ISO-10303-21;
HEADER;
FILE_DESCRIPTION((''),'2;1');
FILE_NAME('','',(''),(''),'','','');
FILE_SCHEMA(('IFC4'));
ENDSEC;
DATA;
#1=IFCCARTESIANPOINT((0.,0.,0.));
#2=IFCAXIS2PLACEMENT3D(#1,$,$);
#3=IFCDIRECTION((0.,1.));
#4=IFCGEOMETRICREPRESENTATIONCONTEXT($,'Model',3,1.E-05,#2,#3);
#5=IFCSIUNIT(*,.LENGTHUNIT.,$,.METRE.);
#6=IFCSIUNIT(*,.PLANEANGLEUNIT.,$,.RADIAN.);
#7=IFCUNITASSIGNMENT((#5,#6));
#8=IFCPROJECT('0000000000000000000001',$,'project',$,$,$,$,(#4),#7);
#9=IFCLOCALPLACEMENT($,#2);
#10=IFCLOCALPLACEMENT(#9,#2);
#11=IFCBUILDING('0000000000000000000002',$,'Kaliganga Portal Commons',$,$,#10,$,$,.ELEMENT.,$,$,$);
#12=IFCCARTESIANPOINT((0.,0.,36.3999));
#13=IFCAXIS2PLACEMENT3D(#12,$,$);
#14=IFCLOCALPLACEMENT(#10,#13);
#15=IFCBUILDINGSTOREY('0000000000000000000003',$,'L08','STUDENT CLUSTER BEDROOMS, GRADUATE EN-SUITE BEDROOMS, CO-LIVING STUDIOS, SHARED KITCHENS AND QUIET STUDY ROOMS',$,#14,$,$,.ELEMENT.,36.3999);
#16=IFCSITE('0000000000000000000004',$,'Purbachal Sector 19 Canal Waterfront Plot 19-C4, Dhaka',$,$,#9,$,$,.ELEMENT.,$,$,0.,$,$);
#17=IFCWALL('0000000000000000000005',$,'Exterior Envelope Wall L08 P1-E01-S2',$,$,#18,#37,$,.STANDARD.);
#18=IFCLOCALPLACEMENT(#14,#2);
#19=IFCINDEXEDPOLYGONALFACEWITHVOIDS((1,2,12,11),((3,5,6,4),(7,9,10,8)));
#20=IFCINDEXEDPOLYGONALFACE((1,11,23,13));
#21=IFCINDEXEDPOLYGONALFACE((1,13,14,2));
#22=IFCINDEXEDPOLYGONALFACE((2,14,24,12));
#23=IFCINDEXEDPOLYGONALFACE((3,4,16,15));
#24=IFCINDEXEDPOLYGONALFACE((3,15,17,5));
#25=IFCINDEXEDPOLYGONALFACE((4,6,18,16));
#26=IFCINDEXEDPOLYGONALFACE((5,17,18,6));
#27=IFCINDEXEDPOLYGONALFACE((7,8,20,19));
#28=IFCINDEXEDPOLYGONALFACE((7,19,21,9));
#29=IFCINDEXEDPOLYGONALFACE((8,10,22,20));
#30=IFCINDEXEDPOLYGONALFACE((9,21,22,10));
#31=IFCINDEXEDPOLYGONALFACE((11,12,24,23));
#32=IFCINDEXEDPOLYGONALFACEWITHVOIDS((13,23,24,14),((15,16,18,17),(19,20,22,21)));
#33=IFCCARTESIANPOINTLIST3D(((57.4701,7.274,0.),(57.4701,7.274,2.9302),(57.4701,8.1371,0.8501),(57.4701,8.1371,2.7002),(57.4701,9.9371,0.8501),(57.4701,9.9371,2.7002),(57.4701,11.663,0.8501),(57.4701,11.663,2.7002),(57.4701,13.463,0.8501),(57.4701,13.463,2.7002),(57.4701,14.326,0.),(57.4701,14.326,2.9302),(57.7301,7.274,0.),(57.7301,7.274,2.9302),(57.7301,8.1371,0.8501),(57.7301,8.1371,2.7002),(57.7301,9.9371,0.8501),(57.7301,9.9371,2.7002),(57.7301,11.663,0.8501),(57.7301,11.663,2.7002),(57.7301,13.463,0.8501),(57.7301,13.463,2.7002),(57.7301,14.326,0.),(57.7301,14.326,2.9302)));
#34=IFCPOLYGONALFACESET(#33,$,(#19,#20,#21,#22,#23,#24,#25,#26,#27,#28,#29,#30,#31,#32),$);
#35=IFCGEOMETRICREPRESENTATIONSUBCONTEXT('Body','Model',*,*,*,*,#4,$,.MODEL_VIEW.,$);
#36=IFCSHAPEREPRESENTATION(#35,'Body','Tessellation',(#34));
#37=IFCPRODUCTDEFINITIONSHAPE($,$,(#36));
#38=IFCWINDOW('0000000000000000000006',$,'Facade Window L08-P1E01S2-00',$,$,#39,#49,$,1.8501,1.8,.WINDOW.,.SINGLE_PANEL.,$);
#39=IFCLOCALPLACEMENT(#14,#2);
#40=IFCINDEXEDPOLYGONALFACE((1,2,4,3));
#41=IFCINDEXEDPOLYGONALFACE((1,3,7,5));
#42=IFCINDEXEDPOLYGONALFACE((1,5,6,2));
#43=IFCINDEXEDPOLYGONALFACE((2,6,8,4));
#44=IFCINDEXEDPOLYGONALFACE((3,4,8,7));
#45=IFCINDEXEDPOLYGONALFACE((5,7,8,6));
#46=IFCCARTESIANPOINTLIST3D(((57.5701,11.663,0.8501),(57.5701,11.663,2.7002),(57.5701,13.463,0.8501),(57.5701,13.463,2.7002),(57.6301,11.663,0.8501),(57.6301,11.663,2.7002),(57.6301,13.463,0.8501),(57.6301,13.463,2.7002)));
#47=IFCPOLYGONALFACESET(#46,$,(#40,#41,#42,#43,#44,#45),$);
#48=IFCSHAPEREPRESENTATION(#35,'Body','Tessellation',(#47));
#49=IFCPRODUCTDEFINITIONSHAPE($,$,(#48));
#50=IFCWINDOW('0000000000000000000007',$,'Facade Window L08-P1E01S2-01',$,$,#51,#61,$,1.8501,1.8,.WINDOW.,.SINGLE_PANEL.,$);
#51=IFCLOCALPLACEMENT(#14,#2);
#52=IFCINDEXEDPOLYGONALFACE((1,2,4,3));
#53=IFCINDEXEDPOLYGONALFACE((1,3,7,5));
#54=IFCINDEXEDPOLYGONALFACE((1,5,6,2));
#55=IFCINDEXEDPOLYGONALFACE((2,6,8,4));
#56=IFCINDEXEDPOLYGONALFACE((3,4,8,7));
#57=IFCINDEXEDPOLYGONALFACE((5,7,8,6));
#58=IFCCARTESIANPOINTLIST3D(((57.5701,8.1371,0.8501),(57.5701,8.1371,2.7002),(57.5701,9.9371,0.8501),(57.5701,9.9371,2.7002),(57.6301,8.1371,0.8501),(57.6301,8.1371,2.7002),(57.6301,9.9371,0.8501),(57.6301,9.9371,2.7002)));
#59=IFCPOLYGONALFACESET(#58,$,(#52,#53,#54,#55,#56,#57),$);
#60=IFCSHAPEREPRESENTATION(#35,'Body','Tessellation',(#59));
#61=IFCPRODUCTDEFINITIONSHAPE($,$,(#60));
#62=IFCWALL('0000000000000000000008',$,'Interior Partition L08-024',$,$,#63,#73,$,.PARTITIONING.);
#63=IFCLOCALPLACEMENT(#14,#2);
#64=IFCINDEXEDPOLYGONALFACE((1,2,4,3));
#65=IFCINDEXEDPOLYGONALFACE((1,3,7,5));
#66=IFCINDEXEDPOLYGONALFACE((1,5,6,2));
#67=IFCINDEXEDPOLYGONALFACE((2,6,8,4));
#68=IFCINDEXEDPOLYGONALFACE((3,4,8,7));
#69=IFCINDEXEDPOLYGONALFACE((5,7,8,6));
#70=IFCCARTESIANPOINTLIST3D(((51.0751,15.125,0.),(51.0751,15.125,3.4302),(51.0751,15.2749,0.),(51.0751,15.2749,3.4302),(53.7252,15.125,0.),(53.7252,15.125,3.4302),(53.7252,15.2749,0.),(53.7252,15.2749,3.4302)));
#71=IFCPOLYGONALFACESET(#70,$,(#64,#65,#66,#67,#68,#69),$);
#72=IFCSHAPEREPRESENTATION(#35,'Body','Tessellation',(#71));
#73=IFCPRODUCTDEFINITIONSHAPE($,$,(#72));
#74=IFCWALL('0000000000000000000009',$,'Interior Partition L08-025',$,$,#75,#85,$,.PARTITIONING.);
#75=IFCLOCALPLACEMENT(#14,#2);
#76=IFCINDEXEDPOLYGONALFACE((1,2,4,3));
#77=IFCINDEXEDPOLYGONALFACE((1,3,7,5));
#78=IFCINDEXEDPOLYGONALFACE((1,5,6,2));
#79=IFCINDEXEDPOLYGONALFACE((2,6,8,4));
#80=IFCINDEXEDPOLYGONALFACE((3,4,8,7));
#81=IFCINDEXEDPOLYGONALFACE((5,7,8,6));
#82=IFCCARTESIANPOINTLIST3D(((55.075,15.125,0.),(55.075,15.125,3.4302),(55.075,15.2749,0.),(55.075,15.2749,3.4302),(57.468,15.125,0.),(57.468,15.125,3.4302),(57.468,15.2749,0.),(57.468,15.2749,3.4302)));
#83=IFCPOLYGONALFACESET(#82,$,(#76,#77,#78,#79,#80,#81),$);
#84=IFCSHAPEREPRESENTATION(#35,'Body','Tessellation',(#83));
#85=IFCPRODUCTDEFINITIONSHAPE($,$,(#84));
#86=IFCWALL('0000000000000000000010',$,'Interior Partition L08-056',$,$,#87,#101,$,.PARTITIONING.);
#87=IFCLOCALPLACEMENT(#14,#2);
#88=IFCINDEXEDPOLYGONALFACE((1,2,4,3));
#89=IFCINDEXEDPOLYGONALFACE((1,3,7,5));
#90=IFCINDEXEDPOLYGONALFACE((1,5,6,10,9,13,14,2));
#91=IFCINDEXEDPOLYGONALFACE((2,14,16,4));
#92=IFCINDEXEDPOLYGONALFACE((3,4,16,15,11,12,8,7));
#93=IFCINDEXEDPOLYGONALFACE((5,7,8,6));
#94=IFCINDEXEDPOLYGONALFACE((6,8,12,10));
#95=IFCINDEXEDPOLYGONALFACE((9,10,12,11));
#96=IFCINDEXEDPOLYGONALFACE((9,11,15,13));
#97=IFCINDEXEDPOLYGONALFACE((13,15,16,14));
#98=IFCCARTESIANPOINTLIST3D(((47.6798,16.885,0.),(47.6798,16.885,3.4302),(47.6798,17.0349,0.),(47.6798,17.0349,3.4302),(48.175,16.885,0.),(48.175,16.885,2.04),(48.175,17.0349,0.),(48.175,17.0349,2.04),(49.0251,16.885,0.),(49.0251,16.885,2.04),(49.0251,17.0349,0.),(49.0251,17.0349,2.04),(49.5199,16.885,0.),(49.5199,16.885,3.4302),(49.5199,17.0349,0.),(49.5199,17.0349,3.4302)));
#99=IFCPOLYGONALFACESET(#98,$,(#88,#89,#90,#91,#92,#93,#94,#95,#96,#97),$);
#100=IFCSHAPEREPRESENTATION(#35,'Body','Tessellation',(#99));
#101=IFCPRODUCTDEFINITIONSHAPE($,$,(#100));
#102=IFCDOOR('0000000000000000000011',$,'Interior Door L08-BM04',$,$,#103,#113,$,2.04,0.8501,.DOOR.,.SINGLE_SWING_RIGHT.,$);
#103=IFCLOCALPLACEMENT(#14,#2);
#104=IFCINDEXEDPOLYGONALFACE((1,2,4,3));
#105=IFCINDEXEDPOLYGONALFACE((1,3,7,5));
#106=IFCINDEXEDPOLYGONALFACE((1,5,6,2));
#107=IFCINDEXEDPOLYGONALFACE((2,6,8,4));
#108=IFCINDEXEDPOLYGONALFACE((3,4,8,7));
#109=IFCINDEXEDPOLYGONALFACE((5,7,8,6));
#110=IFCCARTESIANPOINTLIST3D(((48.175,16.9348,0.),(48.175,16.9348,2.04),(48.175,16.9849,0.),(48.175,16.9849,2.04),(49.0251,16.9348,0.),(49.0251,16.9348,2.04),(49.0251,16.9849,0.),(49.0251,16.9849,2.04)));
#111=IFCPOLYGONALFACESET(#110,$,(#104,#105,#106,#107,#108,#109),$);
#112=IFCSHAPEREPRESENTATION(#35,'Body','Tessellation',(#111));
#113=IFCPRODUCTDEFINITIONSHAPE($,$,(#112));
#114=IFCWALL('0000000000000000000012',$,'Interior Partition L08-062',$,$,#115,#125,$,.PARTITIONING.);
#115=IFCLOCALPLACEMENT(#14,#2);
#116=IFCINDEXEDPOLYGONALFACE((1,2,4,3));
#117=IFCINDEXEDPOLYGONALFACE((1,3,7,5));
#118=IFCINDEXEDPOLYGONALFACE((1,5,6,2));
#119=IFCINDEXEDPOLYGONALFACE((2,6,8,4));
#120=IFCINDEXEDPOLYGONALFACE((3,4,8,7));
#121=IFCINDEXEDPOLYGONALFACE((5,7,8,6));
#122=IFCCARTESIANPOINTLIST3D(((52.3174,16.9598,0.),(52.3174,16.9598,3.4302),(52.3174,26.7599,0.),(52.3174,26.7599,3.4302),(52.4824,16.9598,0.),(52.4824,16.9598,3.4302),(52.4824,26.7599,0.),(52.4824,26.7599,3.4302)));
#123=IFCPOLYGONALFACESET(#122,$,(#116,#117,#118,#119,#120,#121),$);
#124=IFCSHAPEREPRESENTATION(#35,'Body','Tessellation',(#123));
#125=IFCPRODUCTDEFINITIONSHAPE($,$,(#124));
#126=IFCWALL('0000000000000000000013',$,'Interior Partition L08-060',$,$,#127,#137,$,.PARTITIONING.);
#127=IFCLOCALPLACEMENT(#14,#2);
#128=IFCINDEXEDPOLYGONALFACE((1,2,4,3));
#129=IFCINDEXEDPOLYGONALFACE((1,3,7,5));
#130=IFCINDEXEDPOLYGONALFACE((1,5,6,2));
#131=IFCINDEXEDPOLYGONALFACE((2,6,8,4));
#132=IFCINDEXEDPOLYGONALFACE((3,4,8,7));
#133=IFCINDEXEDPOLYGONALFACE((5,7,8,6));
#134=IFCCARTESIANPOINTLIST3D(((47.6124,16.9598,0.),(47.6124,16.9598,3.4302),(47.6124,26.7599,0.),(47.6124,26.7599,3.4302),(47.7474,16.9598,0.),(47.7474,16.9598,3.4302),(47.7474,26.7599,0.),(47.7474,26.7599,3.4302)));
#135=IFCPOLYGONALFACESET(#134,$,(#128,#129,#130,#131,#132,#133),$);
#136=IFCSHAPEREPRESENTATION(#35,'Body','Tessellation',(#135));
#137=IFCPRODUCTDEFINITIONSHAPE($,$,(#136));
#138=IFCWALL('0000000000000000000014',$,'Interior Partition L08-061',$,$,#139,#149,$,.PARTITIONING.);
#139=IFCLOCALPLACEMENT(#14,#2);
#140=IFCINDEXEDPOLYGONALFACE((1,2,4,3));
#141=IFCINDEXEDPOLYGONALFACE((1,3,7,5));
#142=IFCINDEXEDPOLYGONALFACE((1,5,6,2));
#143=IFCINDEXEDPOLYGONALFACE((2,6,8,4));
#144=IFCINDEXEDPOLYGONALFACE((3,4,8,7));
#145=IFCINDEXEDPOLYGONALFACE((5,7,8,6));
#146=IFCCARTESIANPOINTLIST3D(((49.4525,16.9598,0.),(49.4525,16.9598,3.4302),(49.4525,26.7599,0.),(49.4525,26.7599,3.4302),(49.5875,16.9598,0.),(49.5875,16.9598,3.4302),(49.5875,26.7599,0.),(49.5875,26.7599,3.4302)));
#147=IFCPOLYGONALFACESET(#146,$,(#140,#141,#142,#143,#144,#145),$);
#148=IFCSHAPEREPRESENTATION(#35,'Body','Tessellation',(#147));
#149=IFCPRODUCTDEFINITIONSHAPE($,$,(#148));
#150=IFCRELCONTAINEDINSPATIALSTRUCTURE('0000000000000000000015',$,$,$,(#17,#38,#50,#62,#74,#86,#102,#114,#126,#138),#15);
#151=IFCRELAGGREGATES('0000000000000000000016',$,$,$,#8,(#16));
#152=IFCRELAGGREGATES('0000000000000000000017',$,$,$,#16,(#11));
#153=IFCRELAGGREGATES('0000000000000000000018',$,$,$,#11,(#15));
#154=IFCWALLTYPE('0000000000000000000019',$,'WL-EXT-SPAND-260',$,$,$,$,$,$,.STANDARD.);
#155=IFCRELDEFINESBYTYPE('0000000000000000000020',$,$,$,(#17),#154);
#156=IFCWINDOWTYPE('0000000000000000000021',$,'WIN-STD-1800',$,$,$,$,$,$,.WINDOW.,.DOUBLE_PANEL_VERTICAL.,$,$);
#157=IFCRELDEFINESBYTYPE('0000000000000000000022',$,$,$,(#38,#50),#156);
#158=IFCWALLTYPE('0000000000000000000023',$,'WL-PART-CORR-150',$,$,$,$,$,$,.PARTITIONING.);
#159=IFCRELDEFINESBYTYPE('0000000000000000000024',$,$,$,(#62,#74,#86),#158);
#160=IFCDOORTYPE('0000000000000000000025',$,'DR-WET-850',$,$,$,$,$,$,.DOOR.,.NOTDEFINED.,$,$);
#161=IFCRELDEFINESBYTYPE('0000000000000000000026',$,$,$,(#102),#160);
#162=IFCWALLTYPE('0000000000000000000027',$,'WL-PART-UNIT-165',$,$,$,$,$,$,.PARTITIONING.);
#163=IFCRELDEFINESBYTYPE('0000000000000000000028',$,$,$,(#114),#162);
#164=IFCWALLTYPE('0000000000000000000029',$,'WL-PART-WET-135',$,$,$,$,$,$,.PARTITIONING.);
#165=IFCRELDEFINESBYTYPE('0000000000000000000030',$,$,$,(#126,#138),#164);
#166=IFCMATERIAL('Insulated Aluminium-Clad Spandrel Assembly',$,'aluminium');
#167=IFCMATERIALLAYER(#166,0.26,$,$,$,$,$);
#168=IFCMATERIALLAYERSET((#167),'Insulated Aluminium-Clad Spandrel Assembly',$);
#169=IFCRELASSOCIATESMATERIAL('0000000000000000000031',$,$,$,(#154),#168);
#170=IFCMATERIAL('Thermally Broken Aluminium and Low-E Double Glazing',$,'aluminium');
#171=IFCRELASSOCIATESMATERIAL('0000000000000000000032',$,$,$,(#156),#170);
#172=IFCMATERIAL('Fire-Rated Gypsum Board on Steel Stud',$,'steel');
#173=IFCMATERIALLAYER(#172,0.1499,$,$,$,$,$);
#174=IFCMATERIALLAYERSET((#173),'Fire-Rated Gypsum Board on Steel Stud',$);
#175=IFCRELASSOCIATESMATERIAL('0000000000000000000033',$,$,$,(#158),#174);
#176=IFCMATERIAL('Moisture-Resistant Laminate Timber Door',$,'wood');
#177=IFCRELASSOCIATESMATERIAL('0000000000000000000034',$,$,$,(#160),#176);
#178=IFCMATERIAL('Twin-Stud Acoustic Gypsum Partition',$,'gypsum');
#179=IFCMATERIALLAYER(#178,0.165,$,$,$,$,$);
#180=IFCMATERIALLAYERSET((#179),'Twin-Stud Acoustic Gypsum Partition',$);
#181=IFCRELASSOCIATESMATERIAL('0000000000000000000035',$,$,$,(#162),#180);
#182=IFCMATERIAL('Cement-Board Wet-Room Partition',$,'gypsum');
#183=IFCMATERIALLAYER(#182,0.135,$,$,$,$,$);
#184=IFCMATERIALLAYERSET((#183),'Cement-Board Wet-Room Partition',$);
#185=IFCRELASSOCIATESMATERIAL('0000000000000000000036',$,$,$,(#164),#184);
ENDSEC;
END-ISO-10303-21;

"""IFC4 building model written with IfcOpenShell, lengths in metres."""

from ifc_helpers import new_model, si_unit, direction, frame, frame_2d, origin, place, context, subcontext, project, spatial, rectangle, extrude, material, layer, layer_set, type_object, element, fill, save


model = new_model("IFC4")

# Units and contexts
model_context = context("Model", 3, precision=1e-05, world=origin(), true_north=direction((0.0, 1.0)))
body_context = subcontext(model_context, "Body", "Model", "MODEL_VIEW")
ifc_project = project(units=[si_unit("LENGTHUNIT", "METRE"), si_unit("PLANEANGLEUNIT", "RADIAN")], contexts=[model_context])

# Site, building, storey
site_placement = place(None, origin())
site = spatial("IfcSite", under=ifc_project, at=site_placement, Name="Purbachal Sector 19 Canal Waterfront Plot 19-C4, Dhaka", CompositionType="ELEMENT", RefElevation=0.0)
building_placement = place(site_placement, origin())
building = spatial("IfcBuilding", under=site, at=building_placement, Name="Kaliganga Portal Commons", CompositionType="ELEMENT")
storey_placement = place(building_placement, frame((0.0, 0.0, 36.3999)))
storey = spatial("IfcBuildingStorey", under=building, at=storey_placement, Name="L08", Description="STUDENT CLUSTER BEDROOMS, GRADUATE EN-SUITE BEDROOMS, CO-LIVING STUDIOS, SHARED KITCHENS AND QUIET STUDY ROOMS", CompositionType="ELEMENT", Elevation=36.3999)

# Wall, openings, windows
ifc_material_1 = material(Name="Insulated Aluminium-Clad Spandrel Assembly", Category="aluminium")
ifc_layer_1 = layer(ifc_material_1, 0.26)
ifc_layer_set_1 = layer_set([ifc_layer_1], Name="Insulated Aluminium-Clad Spandrel Assembly")
wall_type_1 = type_object("IfcWallType", Name="WL-EXT-SPAND-260", PredefinedType="STANDARD", material=ifc_layer_set_1)
wall_1_placement = place(storey_placement, frame((57.6001, 14.3259, 0.0), z_axis=(0.0, 0.0, 1.0), x_axis=(0.0, -1.0, 0.0)))
wall_1 = element("IfcWall", 1, at=wall_1_placement, inside=storey, type_object=wall_type_1, Name="Exterior Envelope Wall L08 P1-E01-S2", PredefinedType="STANDARD", context=body_context, shape_type="SweptSolid", body=[
    extrude(rectangle(XDim=7.052, YDim=0.26, at=frame_2d((3.5259, 0.0))), origin(), (0.0, 0.0, 1.0), 2.9302),
])
opening_1_placement = place(wall_1_placement, frame((0.863, 0.0, 0.8501)))
opening_1 = element("IfcOpeningElement", 2, at=opening_1_placement, cuts=wall_1, PredefinedType="OPENING", context=body_context, shape_type="SweptSolid", body=[
    extrude(rectangle(XDim=1.8, YDim=1.8501, at=frame_2d((0.8999, 0.925))), frame((0.0, 0.1401, 0.0), z_axis=(0.0, -1.0, 0.0), x_axis=(1.0, 0.0, 0.0)), (0.0, 0.0, 1.0), 0.28),
])
opening_2_placement = place(wall_1_placement, frame((4.3889, 0.0, 0.8501)))
opening_2 = element("IfcOpeningElement", 3, at=opening_2_placement, cuts=wall_1, PredefinedType="OPENING", context=body_context, shape_type="SweptSolid", body=[
    extrude(rectangle(XDim=1.8, YDim=1.8501, at=frame_2d((0.8999, 0.925))), frame((0.0, 0.1401, 0.0), z_axis=(0.0, -1.0, 0.0), x_axis=(1.0, 0.0, 0.0)), (0.0, 0.0, 1.0), 0.28),
])
ifc_material_2 = material(Name="Thermally Broken Aluminium and Low-E Double Glazing", Category="aluminium")
window_type = type_object("IfcWindowType", Name="WIN-STD-1800", PartitioningType="DOUBLE_PANEL_VERTICAL", PredefinedType="WINDOW", material=ifc_material_2)
window_1_placement = place(opening_1_placement, origin())
window_1 = element("IfcWindow", 4, at=window_1_placement, inside=storey, type_object=window_type, Name="Facade Window L08-P1E01S2-00", OverallHeight=1.8501, OverallWidth=1.8, PartitioningType="SINGLE_PANEL", PredefinedType="WINDOW", context=body_context, shape_type="SweptSolid", body=[
    extrude(rectangle(XDim=1.8, YDim=1.8501, at=frame_2d((0.8999, 0.925))), frame((0.0, 0.03, 0.0), z_axis=(0.0, -1.0, 0.0), x_axis=(1.0, 0.0, 0.0)), (0.0, 0.0, 1.0), 0.0601),
])
fill(opening_1, window_1)
window_2_placement = place(opening_2_placement, origin())
window_2 = element("IfcWindow", 5, at=window_2_placement, inside=storey, type_object=window_type, Name="Facade Window L08-P1E01S2-01", OverallHeight=1.8501, OverallWidth=1.8, PartitioningType="SINGLE_PANEL", PredefinedType="WINDOW", context=body_context, shape_type="SweptSolid", body=[
    extrude(rectangle(XDim=1.8, YDim=1.8501, at=frame_2d((0.8999, 0.925))), frame((0.0, 0.03, 0.0), z_axis=(0.0, -1.0, 0.0), x_axis=(1.0, 0.0, 0.0)), (0.0, 0.0, 1.0), 0.0601),
])
fill(opening_2, window_2)

# Walls
ifc_material_3 = material(Name="Fire-Rated Gypsum Board on Steel Stud", Category="steel")
ifc_layer_2 = layer(ifc_material_3, 0.1499)
ifc_layer_set_2 = layer_set([ifc_layer_2], Name="Fire-Rated Gypsum Board on Steel Stud")
wall_type_2 = type_object("IfcWallType", Name="WL-PART-CORR-150", PredefinedType="PARTITIONING", material=ifc_layer_set_2)
wall_2_placement = place(storey_placement, frame((51.075, 15.2, 0.0), z_axis=(0.0, 0.0, 1.0), x_axis=(1.0, 0.0, 0.0)))
element("IfcWall", 6, at=wall_2_placement, inside=storey, type_object=wall_type_2, Name="Interior Partition L08-024", PredefinedType="PARTITIONING", context=body_context, shape_type="SweptSolid", body=[
    extrude(rectangle(XDim=2.6501, YDim=0.1499, at=frame_2d((1.3252, 0.0))), origin(), (0.0, 0.0, 1.0), 3.4302),
])
wall_3_placement = place(storey_placement, frame((55.075, 15.2, 0.0), z_axis=(0.0, 0.0, 1.0), x_axis=(1.0, 0.0, 0.0)))
element("IfcWall", 7, at=wall_3_placement, inside=storey, type_object=wall_type_2, Name="Interior Partition L08-025", PredefinedType="PARTITIONING", context=body_context, shape_type="SweptSolid", body=[
    extrude(rectangle(XDim=2.3931, YDim=0.1499, at=frame_2d((1.1965, 0.0))), origin(), (0.0, 0.0, 1.0), 3.4302),
])

# Wall, opening, door
wall_4_placement = place(storey_placement, frame((47.6799, 16.96, 0.0), z_axis=(0.0, 0.0, 1.0), x_axis=(1.0, 0.0, 0.0)))
wall_4 = element("IfcWall", 8, at=wall_4_placement, inside=storey, type_object=wall_type_2, Name="Interior Partition L08-056", PredefinedType="PARTITIONING", context=body_context, shape_type="SweptSolid", body=[
    extrude(rectangle(XDim=1.8401, YDim=0.1499, at=frame_2d((0.9199, 0.0))), origin(), (0.0, 0.0, 1.0), 3.4302),
])
opening_3_placement = place(wall_4_placement, frame((0.4951, 0.0, 0.0)))
opening_3 = element("IfcOpeningElement", 9, at=opening_3_placement, cuts=wall_4, PredefinedType="OPENING", context=body_context, shape_type="SweptSolid", body=[
    extrude(rectangle(XDim=0.8501, YDim=2.04, at=frame_2d((0.425, 1.02))), frame((0.0, 0.085, 0.0), z_axis=(0.0, -1.0, 0.0), x_axis=(1.0, 0.0, 0.0)), (0.0, 0.0, 1.0), 0.1699),
])
ifc_material_4 = material(Name="Moisture-Resistant Laminate Timber Door", Category="wood")
door_type_1 = type_object("IfcDoorType", Name="DR-WET-850", OperationType="NOTDEFINED", PredefinedType="DOOR", material=ifc_material_4)
door_1_placement = place(opening_3_placement, origin())
door_1 = element("IfcDoor", 10, at=door_1_placement, inside=storey, type_object=door_type_1, Name="Interior Door L08-BM04", OperationType="SINGLE_SWING_RIGHT", OverallHeight=2.04, OverallWidth=0.8501, PredefinedType="DOOR", context=body_context, shape_type="SweptSolid", body=[
    extrude(rectangle(XDim=0.8501, YDim=2.04, at=frame_2d((0.425, 1.02))), frame((0.0, 0.0249, 0.0), z_axis=(0.0, -1.0, 0.0), x_axis=(1.0, 0.0, 0.0)), (0.0, 0.0, 1.0), 0.05),
])
fill(opening_3, door_1)

# Walls
ifc_material_5 = material(Name="Twin-Stud Acoustic Gypsum Partition", Category="gypsum")
ifc_layer_3 = layer(ifc_material_5, 0.165)
ifc_layer_set_3 = layer_set([ifc_layer_3], Name="Twin-Stud Acoustic Gypsum Partition")
wall_type_3 = type_object("IfcWallType", Name="WL-PART-UNIT-165", PredefinedType="PARTITIONING", material=ifc_layer_set_3)
wall_5_placement = place(storey_placement, frame((52.3999, 16.96, 0.0), z_axis=(0.0, 0.0, 1.0), x_axis=(0.0, 1.0, 0.0)))
element("IfcWall", 11, at=wall_5_placement, inside=storey, type_object=wall_type_3, Name="Interior Partition L08-062", PredefinedType="PARTITIONING", context=body_context, shape_type="SweptSolid", body=[
    extrude(rectangle(XDim=9.8, YDim=0.165, at=frame_2d((4.8999, 0.0))), origin(), (0.0, 0.0, 1.0), 3.4302),
])
ifc_material_6 = material(Name="Cement-Board Wet-Room Partition", Category="gypsum")
ifc_layer_4 = layer(ifc_material_6, 0.135)
ifc_layer_set_4 = layer_set([ifc_layer_4], Name="Cement-Board Wet-Room Partition")
wall_type_4 = type_object("IfcWallType", Name="WL-PART-WET-135", PredefinedType="PARTITIONING", material=ifc_layer_set_4)
for number, where, z_axis, x_axis, name in (
    (12, (47.6799, 16.96, 0.0), (0.0, 0.0, 1.0), (0.0, 1.0, 0.0), "Interior Partition L08-060"),
    (13, (49.52, 16.96, 0.0), (0.0, 0.0, 1.0), (0.0, 1.0, 0.0), "Interior Partition L08-061"),
):
    element("IfcWall", number, at=place(storey_placement, frame(where, z_axis=z_axis, x_axis=x_axis)), inside=storey, type_object=wall_type_4, Name=name, PredefinedType="PARTITIONING", context=body_context, shape_type="SweptSolid", body=[
        extrude(rectangle(XDim=9.8, YDim=0.135, at=frame_2d((4.8999, 0.0))), origin(), (0.0, 0.0, 1.0), 3.4302),
    ])

save(model, "model.ifc")
